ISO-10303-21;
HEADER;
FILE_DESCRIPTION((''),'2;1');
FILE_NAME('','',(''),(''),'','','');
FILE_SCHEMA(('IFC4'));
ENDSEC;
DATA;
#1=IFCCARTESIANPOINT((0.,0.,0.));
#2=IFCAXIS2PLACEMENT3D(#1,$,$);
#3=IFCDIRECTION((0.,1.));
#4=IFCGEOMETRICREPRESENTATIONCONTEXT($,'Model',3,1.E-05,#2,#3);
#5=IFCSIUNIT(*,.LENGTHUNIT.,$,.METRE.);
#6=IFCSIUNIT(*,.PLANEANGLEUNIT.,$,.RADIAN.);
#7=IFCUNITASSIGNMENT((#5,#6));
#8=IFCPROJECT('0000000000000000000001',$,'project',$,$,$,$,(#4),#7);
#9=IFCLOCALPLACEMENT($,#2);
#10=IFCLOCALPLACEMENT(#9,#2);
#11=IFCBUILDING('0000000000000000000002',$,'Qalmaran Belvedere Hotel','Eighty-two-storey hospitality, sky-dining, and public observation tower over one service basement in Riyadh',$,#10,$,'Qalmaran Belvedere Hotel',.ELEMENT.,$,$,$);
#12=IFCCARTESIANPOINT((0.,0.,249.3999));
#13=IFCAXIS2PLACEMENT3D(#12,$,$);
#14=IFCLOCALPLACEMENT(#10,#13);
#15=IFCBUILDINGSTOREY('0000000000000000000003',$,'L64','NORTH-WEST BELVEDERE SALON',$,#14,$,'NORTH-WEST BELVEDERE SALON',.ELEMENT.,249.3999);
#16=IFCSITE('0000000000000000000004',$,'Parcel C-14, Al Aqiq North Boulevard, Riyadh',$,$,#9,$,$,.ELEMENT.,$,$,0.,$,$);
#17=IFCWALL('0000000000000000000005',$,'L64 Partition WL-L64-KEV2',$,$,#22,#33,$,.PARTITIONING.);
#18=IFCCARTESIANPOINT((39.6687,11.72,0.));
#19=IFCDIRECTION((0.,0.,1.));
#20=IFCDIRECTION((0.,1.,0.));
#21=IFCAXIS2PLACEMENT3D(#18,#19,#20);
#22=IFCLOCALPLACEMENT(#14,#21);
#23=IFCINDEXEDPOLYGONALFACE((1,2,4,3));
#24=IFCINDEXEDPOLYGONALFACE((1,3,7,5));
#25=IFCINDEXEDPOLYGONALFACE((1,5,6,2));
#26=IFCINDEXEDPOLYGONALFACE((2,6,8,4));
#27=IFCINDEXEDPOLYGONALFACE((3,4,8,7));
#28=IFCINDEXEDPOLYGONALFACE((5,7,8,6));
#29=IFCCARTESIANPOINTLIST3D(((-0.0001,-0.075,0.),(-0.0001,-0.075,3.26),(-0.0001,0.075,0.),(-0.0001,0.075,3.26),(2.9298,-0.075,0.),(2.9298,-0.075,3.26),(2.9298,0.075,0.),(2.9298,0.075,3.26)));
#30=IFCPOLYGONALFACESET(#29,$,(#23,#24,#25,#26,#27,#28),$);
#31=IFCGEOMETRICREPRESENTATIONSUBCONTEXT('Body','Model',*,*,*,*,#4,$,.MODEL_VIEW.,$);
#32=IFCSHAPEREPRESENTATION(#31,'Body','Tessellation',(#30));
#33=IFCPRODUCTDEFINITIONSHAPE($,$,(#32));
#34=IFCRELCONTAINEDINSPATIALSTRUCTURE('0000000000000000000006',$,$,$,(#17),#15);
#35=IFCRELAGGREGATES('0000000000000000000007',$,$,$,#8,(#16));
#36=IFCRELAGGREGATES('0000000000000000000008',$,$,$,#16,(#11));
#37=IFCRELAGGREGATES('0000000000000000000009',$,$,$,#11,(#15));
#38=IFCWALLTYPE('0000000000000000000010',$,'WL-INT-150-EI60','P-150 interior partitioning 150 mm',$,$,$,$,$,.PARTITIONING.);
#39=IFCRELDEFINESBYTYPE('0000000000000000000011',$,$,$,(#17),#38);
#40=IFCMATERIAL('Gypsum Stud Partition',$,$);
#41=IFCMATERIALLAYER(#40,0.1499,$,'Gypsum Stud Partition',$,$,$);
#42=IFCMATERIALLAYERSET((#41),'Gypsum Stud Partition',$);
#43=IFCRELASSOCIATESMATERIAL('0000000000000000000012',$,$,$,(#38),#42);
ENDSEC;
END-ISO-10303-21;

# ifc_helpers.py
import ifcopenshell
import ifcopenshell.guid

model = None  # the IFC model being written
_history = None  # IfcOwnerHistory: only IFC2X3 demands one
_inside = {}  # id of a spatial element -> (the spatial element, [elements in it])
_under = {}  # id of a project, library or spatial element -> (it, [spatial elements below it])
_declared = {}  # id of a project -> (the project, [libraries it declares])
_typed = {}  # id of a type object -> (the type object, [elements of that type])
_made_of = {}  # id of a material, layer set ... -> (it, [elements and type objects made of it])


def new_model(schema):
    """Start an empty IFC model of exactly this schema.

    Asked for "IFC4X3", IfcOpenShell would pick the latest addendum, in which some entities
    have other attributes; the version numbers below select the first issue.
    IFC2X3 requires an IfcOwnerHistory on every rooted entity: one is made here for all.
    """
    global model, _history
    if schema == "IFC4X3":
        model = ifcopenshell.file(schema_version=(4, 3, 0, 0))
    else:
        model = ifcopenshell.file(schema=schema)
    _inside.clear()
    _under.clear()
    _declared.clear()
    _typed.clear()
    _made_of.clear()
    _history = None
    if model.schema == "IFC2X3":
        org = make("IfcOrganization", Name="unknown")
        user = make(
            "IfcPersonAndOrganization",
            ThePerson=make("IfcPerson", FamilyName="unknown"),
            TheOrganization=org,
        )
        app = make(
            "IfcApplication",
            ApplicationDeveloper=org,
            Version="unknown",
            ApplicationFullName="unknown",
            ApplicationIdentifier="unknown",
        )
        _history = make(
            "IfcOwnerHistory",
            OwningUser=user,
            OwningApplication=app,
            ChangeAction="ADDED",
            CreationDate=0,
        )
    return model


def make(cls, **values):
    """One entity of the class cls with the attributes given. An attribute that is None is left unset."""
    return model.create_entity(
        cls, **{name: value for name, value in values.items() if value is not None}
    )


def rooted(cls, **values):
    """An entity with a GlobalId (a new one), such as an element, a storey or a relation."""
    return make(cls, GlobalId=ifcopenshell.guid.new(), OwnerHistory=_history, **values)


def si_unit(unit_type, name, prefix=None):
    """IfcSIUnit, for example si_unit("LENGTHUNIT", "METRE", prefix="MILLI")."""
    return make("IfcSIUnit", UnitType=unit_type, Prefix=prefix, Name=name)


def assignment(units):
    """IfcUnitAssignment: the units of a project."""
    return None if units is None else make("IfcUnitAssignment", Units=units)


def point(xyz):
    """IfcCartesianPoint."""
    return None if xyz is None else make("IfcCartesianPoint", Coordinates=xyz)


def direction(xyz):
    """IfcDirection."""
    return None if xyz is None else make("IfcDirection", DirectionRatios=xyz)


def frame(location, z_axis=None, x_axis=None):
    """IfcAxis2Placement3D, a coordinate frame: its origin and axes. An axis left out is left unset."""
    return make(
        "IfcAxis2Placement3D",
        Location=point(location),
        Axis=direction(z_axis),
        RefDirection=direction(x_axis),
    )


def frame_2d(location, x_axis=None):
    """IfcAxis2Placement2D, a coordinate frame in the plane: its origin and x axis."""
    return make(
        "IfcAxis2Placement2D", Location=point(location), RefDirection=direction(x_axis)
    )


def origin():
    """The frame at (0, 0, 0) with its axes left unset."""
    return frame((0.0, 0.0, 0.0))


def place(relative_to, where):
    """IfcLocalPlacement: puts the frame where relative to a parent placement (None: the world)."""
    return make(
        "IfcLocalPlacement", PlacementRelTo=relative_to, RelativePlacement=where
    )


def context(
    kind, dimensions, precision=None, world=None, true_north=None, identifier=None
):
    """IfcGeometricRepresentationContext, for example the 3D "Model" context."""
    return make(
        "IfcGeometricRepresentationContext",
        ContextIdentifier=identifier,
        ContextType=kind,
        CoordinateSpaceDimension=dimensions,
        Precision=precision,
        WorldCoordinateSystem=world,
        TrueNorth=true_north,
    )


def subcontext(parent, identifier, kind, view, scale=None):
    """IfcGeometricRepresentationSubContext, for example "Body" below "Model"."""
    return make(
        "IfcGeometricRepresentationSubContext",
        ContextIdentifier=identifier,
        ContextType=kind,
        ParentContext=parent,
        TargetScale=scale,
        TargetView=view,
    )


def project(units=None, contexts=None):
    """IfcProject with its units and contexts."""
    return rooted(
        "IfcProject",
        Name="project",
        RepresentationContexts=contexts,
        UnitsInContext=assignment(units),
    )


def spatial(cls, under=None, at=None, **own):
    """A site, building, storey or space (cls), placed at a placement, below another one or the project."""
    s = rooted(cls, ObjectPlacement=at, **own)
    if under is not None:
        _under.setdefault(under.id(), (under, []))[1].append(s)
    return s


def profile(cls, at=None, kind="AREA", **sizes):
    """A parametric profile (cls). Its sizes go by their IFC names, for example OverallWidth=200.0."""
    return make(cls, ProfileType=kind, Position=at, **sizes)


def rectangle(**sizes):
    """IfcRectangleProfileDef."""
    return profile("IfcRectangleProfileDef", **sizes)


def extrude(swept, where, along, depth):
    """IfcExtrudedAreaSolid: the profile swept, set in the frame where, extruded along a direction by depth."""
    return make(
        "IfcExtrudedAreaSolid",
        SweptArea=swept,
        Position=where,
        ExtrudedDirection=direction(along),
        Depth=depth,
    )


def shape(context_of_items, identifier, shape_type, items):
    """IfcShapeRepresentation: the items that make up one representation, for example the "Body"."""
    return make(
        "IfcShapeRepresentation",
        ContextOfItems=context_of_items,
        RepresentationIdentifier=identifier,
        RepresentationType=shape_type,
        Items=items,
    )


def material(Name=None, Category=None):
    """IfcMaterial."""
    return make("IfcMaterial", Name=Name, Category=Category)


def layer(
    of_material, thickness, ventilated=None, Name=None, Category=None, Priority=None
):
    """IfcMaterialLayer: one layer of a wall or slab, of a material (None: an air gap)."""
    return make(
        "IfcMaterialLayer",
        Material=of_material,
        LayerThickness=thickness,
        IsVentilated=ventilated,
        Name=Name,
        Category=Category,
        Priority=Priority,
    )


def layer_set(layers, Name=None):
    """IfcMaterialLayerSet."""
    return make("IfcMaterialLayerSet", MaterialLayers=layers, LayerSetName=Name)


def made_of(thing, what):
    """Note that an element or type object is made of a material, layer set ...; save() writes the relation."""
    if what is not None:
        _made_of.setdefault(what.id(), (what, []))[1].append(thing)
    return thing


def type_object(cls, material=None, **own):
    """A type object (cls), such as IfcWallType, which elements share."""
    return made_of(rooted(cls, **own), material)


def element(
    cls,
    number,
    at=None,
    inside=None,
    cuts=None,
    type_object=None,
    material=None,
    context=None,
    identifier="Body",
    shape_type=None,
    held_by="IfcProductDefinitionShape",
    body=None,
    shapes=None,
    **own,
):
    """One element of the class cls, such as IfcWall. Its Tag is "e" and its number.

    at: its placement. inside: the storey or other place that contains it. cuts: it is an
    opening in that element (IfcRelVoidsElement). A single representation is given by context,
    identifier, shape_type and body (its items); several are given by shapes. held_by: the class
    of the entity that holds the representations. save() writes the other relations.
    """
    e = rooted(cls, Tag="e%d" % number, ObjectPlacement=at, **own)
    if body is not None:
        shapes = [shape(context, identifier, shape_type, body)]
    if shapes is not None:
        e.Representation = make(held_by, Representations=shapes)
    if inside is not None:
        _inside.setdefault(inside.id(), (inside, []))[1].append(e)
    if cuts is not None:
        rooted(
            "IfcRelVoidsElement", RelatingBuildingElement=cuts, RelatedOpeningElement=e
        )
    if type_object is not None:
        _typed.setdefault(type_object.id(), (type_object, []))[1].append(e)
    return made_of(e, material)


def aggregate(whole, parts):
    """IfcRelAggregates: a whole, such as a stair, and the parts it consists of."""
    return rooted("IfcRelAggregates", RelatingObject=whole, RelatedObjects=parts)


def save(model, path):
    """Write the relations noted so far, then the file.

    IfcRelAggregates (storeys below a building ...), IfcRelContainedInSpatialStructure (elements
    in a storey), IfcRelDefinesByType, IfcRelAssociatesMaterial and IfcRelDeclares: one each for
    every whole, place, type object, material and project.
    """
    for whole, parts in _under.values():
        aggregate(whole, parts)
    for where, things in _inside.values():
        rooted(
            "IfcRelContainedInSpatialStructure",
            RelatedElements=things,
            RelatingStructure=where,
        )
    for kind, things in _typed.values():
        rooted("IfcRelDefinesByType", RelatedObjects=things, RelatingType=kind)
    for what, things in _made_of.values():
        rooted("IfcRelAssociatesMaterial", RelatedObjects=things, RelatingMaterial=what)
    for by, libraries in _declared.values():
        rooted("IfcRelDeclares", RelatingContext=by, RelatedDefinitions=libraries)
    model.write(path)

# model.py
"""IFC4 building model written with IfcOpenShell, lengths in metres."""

from ifc_helpers import new_model, si_unit, direction, frame, frame_2d, origin, place, context, subcontext, project, spatial, rectangle, extrude, material, layer, layer_set, type_object, element, save


model = new_model("IFC4")

# Units and contexts
model_context = context("Model", 3, precision=1e-05, world=origin(), true_north=direction((0.0, 1.0)))
body_context = subcontext(model_context, "Body", "Model", "MODEL_VIEW")
ifc_project = project(units=[si_unit("LENGTHUNIT", "METRE"), si_unit("PLANEANGLEUNIT", "RADIAN")], contexts=[model_context])

# Site, building, storey
site_placement = place(None, origin())
site = spatial("IfcSite", under=ifc_project, at=site_placement, Name="Parcel C-14, Al Aqiq North Boulevard, Riyadh", CompositionType="ELEMENT", RefElevation=0.0)
building_placement = place(site_placement, origin())
building = spatial("IfcBuilding", under=site, at=building_placement, Name="Qalmaran Belvedere Hotel", Description="Eighty-two-storey hospitality, sky-dining, and public observation tower over one service basement in Riyadh", LongName="Qalmaran Belvedere Hotel", CompositionType="ELEMENT")
storey_placement = place(building_placement, frame((0.0, 0.0, 249.3999)))
storey = spatial("IfcBuildingStorey", under=building, at=storey_placement, Name="L64", Description="NORTH-WEST BELVEDERE SALON", LongName="NORTH-WEST BELVEDERE SALON", CompositionType="ELEMENT", Elevation=249.3999)

# Wall
ifc_material_1 = material(Name="Gypsum Stud Partition")
ifc_layer_1 = layer(ifc_material_1, 0.1499, Name="Gypsum Stud Partition")
ifc_layer_set_1 = layer_set([ifc_layer_1], Name="Gypsum Stud Partition")
wall_type_1 = type_object("IfcWallType", Name="WL-INT-150-EI60", Description="P-150 interior partitioning 150 mm", PredefinedType="PARTITIONING", material=ifc_layer_set_1)
wall_1_placement = place(storey_placement, frame((39.6687, 11.72, 0.0), z_axis=(0.0, 0.0, 1.0), x_axis=(0.0, 1.0, 0.0)))
element("IfcWall", 1, at=wall_1_placement, inside=storey, type_object=wall_type_1, Name="L64 Partition WL-L64-KEV2", PredefinedType="PARTITIONING", context=body_context, shape_type="SweptSolid", body=[
    extrude(rectangle(XDim=2.9299, YDim=0.1499, at=frame_2d((1.4648, 0.0))), origin(), (0.0, 0.0, 1.0), 3.26),
])

save(model, "model.ifc")
